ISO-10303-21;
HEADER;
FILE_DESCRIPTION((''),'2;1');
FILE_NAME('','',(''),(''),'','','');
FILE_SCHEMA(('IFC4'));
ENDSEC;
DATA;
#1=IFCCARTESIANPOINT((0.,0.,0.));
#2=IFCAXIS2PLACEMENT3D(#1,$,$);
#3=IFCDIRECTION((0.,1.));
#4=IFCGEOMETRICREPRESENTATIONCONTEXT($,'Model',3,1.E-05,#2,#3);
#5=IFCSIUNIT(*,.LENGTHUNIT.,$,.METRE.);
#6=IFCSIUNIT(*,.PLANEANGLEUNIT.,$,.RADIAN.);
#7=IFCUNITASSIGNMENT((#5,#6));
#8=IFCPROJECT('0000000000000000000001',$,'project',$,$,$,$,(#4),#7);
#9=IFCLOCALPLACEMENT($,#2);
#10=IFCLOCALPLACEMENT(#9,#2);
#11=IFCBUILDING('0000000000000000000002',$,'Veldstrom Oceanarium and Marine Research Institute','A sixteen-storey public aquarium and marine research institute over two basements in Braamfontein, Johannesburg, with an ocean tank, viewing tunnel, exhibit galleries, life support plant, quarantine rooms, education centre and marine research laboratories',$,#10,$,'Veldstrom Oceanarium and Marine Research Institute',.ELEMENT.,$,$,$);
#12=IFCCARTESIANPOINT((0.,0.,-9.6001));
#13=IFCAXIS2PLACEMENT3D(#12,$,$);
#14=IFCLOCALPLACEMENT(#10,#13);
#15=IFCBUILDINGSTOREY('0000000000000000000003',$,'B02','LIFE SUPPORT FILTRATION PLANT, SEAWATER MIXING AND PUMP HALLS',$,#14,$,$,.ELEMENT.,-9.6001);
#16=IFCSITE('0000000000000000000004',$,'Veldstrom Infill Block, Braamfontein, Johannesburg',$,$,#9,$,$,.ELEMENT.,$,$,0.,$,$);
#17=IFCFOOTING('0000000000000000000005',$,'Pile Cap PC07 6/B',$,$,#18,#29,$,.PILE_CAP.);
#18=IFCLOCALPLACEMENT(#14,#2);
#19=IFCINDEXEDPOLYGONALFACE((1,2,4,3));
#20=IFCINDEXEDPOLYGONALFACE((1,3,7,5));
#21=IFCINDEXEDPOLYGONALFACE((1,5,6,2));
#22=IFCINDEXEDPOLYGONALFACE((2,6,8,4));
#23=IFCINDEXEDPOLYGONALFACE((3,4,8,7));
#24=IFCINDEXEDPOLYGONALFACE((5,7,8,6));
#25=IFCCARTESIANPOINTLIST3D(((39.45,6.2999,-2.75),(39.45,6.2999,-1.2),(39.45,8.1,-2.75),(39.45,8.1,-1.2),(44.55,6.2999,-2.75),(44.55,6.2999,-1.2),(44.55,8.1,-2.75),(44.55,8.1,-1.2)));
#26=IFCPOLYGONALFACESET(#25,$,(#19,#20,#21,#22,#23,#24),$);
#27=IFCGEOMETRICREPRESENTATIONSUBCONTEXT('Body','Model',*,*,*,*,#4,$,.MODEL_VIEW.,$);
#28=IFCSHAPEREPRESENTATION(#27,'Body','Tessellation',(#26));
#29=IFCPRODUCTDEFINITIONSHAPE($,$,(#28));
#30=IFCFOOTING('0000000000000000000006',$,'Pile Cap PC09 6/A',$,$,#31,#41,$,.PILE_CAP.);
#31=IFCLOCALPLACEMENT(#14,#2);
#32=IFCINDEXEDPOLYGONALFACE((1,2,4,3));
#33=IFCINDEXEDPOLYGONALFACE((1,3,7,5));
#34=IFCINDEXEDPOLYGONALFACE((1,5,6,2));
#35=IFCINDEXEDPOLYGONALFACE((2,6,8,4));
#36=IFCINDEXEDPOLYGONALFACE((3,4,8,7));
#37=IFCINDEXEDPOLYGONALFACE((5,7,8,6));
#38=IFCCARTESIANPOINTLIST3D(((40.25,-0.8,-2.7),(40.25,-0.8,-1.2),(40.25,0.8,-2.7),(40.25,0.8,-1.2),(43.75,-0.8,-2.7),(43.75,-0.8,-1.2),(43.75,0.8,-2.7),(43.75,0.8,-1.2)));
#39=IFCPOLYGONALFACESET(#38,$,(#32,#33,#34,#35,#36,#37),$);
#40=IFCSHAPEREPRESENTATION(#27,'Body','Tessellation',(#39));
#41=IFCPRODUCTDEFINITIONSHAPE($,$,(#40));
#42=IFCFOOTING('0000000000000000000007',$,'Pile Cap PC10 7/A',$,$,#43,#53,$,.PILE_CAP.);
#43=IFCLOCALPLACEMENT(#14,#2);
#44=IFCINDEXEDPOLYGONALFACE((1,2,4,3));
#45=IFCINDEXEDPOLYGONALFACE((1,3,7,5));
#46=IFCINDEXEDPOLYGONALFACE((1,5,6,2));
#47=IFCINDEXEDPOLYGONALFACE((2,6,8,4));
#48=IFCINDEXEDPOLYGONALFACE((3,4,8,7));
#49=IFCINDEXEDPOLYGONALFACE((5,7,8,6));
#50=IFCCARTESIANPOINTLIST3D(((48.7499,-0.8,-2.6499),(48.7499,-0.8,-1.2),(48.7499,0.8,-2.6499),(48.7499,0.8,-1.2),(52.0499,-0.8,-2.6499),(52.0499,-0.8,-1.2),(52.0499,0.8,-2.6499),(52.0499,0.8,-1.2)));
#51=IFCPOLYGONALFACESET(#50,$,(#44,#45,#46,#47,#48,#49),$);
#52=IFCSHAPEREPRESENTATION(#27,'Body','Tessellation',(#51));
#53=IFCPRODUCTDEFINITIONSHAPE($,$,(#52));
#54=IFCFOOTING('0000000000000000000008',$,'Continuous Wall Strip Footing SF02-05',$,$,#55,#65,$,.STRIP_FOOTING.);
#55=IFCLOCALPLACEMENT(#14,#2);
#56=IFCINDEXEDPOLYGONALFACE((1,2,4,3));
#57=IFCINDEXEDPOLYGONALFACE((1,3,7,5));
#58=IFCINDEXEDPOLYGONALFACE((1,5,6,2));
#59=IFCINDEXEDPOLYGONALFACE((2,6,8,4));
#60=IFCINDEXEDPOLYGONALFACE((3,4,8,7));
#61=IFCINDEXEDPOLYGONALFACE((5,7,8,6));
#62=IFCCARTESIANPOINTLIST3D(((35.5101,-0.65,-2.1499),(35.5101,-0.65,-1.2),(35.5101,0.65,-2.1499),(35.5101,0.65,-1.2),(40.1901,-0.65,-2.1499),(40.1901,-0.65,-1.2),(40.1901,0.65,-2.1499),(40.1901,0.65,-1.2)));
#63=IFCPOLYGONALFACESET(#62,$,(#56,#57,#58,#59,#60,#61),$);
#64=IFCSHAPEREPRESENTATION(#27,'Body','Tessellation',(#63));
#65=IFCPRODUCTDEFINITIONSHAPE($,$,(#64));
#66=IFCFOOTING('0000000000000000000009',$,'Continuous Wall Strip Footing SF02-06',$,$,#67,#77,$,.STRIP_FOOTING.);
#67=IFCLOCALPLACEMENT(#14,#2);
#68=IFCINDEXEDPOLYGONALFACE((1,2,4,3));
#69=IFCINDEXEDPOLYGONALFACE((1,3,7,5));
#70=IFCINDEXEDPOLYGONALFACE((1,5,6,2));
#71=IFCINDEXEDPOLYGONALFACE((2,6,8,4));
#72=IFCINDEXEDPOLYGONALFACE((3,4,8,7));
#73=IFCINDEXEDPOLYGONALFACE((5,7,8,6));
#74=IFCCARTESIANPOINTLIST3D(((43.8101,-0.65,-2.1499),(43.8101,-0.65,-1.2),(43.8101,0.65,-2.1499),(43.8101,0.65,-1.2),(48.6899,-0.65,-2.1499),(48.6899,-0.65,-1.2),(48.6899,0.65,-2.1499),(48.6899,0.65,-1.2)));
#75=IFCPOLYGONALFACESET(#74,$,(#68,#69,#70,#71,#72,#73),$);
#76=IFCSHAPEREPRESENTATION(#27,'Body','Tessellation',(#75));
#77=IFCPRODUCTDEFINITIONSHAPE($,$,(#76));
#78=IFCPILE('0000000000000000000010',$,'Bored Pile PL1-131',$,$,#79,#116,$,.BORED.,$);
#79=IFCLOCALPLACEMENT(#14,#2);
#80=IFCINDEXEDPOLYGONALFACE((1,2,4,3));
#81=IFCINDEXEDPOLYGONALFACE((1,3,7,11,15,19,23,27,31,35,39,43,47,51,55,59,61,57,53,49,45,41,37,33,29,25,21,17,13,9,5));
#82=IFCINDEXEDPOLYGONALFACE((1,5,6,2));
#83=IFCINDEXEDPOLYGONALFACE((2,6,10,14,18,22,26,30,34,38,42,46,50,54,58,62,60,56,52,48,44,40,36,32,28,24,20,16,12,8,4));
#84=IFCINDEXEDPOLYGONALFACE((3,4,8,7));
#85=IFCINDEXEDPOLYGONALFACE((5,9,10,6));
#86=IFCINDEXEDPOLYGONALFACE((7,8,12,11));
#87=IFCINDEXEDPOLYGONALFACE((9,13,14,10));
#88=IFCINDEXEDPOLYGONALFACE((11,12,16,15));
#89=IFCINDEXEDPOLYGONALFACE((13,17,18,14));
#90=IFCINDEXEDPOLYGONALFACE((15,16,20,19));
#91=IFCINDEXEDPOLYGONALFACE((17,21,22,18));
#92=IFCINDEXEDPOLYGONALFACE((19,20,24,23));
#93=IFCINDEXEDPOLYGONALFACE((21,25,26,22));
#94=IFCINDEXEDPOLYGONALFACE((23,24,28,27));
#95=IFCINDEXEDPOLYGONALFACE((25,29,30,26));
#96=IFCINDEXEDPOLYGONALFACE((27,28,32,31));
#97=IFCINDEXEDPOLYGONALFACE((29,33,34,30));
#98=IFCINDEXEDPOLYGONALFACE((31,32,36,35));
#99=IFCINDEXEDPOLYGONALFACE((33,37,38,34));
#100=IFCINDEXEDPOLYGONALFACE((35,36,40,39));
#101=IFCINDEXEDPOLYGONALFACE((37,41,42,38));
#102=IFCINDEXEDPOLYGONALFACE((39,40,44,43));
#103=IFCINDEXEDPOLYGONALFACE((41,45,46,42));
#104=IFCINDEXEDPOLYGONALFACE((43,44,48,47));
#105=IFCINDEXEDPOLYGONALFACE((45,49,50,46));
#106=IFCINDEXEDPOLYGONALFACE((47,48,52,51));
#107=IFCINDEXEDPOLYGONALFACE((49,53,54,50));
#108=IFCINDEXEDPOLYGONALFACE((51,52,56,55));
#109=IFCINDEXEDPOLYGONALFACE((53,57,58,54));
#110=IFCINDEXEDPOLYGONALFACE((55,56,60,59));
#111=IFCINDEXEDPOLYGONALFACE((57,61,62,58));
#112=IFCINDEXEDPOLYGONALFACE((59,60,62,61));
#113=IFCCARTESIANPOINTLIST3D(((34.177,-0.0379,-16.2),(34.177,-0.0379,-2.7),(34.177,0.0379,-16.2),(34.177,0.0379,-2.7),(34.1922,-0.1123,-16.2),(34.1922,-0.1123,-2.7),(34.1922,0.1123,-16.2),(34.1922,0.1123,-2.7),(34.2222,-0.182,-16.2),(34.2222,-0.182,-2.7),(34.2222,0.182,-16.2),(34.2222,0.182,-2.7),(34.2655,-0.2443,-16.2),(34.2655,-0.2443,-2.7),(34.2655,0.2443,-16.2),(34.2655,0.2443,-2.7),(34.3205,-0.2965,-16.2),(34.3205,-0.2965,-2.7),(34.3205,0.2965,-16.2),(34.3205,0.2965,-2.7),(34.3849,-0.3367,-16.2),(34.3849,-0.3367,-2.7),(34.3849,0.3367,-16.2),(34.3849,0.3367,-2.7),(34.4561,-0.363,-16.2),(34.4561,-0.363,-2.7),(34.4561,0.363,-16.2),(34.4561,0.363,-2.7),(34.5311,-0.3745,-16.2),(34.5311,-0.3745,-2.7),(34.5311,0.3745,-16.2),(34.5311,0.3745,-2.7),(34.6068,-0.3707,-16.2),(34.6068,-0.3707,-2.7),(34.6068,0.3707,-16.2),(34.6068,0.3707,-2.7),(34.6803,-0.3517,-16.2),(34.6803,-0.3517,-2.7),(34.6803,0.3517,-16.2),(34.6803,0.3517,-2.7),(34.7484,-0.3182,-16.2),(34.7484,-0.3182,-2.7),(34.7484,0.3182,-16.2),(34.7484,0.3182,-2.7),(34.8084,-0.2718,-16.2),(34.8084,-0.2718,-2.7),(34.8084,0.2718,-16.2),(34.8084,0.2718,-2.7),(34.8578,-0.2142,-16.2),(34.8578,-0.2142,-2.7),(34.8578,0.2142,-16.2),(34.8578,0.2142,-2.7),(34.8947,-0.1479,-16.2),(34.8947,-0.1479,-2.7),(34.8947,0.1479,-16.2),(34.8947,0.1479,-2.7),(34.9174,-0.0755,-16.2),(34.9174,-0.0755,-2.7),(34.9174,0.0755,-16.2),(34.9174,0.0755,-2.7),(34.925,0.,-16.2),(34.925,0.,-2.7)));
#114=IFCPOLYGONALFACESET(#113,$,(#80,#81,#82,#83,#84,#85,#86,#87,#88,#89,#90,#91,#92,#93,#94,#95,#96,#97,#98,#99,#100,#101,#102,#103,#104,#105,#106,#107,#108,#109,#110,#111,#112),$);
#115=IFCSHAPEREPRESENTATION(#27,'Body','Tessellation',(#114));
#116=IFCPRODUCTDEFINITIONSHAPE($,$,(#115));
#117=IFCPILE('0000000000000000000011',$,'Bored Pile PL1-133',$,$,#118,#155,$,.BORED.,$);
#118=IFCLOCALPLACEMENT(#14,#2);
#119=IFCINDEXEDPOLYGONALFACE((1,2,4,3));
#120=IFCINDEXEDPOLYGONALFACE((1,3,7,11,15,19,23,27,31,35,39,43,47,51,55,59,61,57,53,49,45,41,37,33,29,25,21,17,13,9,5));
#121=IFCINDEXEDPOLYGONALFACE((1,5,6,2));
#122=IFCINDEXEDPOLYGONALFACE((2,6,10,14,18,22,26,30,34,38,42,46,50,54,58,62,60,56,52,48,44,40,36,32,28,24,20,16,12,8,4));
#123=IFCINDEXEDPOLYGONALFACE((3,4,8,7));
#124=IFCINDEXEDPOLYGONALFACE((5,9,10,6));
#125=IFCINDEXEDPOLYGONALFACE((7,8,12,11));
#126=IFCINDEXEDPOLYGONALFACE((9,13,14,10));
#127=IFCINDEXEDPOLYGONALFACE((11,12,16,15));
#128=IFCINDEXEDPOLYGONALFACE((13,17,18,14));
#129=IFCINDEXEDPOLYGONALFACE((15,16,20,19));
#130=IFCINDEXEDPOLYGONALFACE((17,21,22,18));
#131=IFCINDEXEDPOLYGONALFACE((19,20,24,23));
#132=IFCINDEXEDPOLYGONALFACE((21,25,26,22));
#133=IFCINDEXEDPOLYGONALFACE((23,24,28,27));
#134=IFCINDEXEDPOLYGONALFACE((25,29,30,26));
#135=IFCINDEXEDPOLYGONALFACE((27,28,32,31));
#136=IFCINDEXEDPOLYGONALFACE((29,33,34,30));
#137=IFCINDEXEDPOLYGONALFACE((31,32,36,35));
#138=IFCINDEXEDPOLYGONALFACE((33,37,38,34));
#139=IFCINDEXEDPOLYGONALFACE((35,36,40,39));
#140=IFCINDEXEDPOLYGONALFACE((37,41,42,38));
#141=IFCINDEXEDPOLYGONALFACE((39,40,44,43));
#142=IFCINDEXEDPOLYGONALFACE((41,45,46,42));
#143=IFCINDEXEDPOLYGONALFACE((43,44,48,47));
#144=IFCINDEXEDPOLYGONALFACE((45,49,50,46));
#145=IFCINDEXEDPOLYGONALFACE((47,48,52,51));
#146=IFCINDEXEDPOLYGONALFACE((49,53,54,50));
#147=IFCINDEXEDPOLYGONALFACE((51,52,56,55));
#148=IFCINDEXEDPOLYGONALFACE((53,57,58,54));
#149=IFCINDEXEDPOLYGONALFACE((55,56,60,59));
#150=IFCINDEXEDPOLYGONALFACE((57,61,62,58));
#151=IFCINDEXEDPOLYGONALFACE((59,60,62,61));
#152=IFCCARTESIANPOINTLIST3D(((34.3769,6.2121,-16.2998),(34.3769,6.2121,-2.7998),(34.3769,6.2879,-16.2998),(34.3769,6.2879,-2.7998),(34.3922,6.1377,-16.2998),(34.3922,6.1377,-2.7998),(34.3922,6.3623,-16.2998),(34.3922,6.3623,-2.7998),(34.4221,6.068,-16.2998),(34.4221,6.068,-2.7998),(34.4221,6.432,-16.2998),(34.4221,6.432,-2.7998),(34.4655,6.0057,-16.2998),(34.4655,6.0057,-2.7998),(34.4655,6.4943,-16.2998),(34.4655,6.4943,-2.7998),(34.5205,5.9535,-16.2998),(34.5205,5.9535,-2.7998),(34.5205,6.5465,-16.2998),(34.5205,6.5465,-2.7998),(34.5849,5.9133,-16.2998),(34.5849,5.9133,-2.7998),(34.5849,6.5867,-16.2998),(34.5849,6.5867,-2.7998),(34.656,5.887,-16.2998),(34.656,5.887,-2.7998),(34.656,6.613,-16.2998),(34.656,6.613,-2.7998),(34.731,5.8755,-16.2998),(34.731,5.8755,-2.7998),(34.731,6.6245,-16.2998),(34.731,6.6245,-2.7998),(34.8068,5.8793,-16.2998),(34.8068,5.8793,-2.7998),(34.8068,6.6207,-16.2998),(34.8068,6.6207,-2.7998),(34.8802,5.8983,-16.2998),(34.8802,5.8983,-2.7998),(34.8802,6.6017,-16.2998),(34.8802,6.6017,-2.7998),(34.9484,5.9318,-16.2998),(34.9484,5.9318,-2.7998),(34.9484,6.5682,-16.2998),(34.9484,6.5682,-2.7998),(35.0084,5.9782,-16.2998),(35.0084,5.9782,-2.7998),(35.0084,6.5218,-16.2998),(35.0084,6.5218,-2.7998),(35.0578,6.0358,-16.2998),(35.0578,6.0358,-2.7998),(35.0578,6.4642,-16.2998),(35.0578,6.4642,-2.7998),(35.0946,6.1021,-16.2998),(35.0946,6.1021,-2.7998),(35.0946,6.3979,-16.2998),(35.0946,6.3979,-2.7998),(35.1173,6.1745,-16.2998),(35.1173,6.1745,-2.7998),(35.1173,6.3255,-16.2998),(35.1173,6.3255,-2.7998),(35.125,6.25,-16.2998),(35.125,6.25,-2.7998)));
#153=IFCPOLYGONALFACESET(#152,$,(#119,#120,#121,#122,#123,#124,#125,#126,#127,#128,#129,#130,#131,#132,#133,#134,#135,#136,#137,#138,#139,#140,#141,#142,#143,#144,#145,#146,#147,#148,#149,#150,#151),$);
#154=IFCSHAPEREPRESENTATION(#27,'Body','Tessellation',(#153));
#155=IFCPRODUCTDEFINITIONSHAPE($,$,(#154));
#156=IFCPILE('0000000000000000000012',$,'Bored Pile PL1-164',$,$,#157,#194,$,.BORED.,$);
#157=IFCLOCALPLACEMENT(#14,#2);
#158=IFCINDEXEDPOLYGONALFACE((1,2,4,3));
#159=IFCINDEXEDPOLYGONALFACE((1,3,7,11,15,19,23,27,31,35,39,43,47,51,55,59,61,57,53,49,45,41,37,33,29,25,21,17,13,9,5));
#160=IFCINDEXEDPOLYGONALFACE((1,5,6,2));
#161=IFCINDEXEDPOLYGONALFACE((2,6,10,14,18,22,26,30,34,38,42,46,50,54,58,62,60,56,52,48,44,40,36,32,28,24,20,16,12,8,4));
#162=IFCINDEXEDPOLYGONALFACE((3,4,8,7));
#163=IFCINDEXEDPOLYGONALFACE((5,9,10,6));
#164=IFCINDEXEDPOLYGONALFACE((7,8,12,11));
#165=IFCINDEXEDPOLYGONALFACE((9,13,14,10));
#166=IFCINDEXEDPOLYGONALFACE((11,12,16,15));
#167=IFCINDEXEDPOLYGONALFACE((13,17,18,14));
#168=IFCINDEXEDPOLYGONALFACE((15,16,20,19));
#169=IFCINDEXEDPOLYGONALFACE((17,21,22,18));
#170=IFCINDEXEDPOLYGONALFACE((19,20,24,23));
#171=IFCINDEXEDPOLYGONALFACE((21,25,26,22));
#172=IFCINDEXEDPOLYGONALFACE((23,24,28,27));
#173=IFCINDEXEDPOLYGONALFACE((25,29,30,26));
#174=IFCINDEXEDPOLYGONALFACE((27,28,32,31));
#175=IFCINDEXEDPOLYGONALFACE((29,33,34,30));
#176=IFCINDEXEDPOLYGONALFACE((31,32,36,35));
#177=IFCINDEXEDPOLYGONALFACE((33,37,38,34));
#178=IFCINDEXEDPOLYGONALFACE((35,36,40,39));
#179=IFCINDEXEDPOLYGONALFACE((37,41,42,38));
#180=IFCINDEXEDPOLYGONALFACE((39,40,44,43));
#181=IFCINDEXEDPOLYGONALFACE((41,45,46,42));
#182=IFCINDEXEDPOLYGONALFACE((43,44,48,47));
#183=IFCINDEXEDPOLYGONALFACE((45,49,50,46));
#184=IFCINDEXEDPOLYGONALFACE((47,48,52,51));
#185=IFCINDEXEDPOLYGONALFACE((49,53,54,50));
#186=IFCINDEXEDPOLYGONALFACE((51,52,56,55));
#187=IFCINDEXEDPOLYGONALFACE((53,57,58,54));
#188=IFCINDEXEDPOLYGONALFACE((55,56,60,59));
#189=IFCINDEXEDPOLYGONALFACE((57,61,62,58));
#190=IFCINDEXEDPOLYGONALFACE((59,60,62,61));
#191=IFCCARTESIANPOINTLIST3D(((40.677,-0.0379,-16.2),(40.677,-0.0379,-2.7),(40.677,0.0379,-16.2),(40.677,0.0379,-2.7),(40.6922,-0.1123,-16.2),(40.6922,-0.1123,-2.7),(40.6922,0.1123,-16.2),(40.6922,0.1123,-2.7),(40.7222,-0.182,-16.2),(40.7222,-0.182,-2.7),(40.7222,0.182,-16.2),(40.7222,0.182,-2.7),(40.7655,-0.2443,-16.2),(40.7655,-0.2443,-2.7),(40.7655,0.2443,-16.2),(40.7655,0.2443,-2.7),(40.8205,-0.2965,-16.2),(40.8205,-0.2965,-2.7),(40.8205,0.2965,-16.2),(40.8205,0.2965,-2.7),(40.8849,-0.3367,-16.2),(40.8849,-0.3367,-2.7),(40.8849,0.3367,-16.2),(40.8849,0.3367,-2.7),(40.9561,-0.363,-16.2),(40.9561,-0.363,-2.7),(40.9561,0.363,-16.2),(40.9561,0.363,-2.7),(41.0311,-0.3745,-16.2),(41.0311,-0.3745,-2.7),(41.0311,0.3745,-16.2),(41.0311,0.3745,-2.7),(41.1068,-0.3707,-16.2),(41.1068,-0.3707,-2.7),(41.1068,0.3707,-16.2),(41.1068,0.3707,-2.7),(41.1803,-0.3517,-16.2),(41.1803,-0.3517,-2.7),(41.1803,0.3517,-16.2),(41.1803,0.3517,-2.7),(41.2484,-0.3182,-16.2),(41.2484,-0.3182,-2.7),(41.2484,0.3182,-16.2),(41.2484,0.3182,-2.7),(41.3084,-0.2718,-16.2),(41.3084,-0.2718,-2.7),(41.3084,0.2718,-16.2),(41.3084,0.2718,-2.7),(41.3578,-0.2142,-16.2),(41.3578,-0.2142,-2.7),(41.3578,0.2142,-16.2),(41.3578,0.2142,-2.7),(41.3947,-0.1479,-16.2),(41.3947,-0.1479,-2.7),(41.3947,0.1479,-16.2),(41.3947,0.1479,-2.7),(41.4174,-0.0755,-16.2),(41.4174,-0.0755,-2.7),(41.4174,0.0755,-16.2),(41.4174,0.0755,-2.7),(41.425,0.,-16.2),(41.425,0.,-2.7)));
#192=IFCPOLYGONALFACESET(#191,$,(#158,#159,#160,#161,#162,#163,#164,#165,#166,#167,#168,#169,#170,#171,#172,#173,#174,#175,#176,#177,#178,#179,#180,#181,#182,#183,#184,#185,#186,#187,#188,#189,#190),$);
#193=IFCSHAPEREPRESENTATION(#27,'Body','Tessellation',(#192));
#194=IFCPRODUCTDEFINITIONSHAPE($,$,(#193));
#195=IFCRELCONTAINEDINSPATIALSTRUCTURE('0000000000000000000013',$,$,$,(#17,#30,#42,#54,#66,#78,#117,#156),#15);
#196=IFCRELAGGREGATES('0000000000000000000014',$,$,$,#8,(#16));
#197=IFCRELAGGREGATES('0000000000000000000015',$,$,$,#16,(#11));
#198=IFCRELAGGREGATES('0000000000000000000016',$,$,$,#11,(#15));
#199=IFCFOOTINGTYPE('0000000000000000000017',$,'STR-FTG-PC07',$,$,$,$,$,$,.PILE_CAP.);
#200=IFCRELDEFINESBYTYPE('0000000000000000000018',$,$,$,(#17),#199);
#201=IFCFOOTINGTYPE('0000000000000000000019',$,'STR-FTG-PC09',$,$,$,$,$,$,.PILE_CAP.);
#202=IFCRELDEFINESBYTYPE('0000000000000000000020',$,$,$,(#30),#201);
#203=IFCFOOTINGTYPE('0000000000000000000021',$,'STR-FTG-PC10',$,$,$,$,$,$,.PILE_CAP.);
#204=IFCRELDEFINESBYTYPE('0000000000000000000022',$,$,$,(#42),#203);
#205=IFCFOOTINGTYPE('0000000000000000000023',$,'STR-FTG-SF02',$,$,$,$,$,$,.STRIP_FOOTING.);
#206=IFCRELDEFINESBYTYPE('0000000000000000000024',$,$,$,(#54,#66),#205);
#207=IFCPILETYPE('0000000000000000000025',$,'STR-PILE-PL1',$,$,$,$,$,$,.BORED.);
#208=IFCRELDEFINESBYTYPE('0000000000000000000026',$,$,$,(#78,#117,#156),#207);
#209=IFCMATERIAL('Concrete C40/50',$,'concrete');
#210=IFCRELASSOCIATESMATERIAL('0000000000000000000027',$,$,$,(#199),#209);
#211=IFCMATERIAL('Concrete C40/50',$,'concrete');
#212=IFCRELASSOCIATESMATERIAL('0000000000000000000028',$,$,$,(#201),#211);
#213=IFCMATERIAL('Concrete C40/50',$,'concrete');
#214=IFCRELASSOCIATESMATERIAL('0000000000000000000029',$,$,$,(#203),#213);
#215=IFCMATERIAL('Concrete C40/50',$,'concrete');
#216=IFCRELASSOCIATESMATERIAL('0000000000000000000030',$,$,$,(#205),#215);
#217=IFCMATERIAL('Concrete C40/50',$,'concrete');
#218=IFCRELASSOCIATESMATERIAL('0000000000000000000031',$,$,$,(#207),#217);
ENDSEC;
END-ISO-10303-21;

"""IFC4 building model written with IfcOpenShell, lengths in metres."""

from ifc_helpers import new_model, si_unit, direction, frame, origin, origin_2d, place, context, subcontext, project, spatial, rectangle, circle, extrude, material, material_profile, profile_set, type_object, element, save


model = new_model("IFC4")

# Units and contexts
model_context = context("Model", 3, precision=1e-05, world=origin(), true_north=direction((0.0, 1.0)))
body_context = subcontext(model_context, "Body", "Model", "MODEL_VIEW")
ifc_project = project(units=[si_unit("LENGTHUNIT", "METRE"), si_unit("PLANEANGLEUNIT", "RADIAN")], contexts=[model_context])

# Site, building, storey
site_placement = place(None, origin())
site = spatial("IfcSite", under=ifc_project, at=site_placement, Name="Veldstrom Infill Block, Braamfontein, Johannesburg", CompositionType="ELEMENT", RefElevation=0.0)
building_placement = place(site_placement, origin())
building = spatial("IfcBuilding", under=site, at=building_placement, Name="Veldstrom Oceanarium and Marine Research Institute", Description="A sixteen-storey public aquarium and marine research institute over two basements in Braamfontein, Johannesburg, with an ocean tank, viewing tunnel, exhibit galleries, life support plant, quarantine rooms, education centre and marine research laboratories", LongName="Veldstrom Oceanarium and Marine Research Institute", CompositionType="ELEMENT")
storey_placement = place(building_placement, frame((0.0, 0.0, -9.6001)))
storey = spatial("IfcBuildingStorey", under=building, at=storey_placement, Name="B02", Description="LIFE SUPPORT FILTRATION PLANT, SEAWATER MIXING AND PUMP HALLS", CompositionType="ELEMENT", Elevation=-9.6001)

# Footings
ifc_material_1 = material(Name="Concrete C40/50", Category="concrete")
footing_type_1 = type_object("IfcFootingType", Name="STR-FTG-PC07", PredefinedType="PILE_CAP", material=ifc_material_1)
footing_1_placement = place(storey_placement, frame((42.0, 7.2, -2.75), z_axis=(0.0, 0.0, 1.0), x_axis=(1.0, 0.0, 0.0)))
element("IfcFooting", 1, at=footing_1_placement, inside=storey, type_object=footing_type_1, Name="Pile Cap PC07 6/B", PredefinedType="PILE_CAP", context=body_context, shape_type="SweptSolid", body=[
    extrude(rectangle(XDim=5.1001, YDim=1.8, at=origin_2d()), origin(), (0.0, 0.0, 1.0), 1.55),
])
ifc_material_2 = material(Name="Concrete C40/50", Category="concrete")
footing_type_2 = type_object("IfcFootingType", Name="STR-FTG-PC09", PredefinedType="PILE_CAP", material=ifc_material_2)
footing_2_placement = place(storey_placement, frame((42.0, 0.0, -2.7), z_axis=(0.0, 0.0, 1.0), x_axis=(1.0, 0.0, 0.0)))
element("IfcFooting", 2, at=footing_2_placement, inside=storey, type_object=footing_type_2, Name="Pile Cap PC09 6/A", PredefinedType="PILE_CAP", context=body_context, shape_type="SweptSolid", body=[
    extrude(rectangle(XDim=3.5, YDim=1.6001, at=origin_2d()), origin(), (0.0, 0.0, 1.0), 1.5),
])
ifc_material_3 = material(Name="Concrete C40/50", Category="concrete")
footing_type_3 = type_object("IfcFootingType", Name="STR-FTG-PC10", PredefinedType="PILE_CAP", material=ifc_material_3)
footing_3_placement = place(storey_placement, frame((50.3999, 0.0, -2.6499), z_axis=(0.0, 0.0, 1.0), x_axis=(1.0, 0.0, 0.0)))
element("IfcFooting", 3, at=footing_3_placement, inside=storey, type_object=footing_type_3, Name="Pile Cap PC10 7/A", PredefinedType="PILE_CAP", context=body_context, shape_type="SweptSolid", body=[
    extrude(rectangle(XDim=3.3, YDim=1.6001, at=origin_2d()), origin(), (0.0, 0.0, 1.0), 1.45),
])
ifc_material_4 = material(Name="Concrete C40/50", Category="concrete")
footing_type_4 = type_object("IfcFootingType", Name="STR-FTG-SF02", PredefinedType="STRIP_FOOTING", material=ifc_material_4)
footing_4_placement = place(storey_placement, frame((37.8501, 0.0, -2.1499), z_axis=(0.0, 0.0, 1.0), x_axis=(1.0, 0.0, 0.0)))
element("IfcFooting", 4, at=footing_4_placement, inside=storey, type_object=footing_type_4, Name="Continuous Wall Strip Footing SF02-05", PredefinedType="STRIP_FOOTING", context=body_context, shape_type="SweptSolid", body=[
    extrude(rectangle(XDim=4.6799, YDim=1.3, at=origin_2d()), origin(), (0.0, 0.0, 1.0), 0.95),
])
footing_5_placement = place(storey_placement, frame((46.25, 0.0, -2.1499), z_axis=(0.0, 0.0, 1.0), x_axis=(1.0, 0.0, 0.0)))
element("IfcFooting", 5, at=footing_5_placement, inside=storey, type_object=footing_type_4, Name="Continuous Wall Strip Footing SF02-06", PredefinedType="STRIP_FOOTING", context=body_context, shape_type="SweptSolid", body=[
    extrude(rectangle(XDim=4.8799, YDim=1.3, at=origin_2d()), origin(), (0.0, 0.0, 1.0), 0.95),
])

# Piles
ifc_material_5 = material(Name="Concrete C40/50", Category="concrete")
ifc_material_profile_1 = material_profile(ifc_material_5, circle(Radius=0.375, at=origin_2d()), Name="PILE-D750")
ifc_profile_set_1 = profile_set([ifc_material_profile_1], Name="Concrete C40/50")
pile_type = type_object("IfcPileType", Name="STR-PILE-PL1", PredefinedType="BORED", material=ifc_profile_set_1)
for number, where, z_axis, x_axis, name in (
    (6, (34.55, 0.0, -2.7), (0.0, 0.0, -1.0), (1.0, 0.0, 0.0), "Bored Pile PL1-131"),
    (7, (34.75, 6.25, -2.7998), (0.0, 0.0, -1.0), (1.0, 0.0, 0.0), "Bored Pile PL1-133"),
    (8, (41.05, 0.0, -2.7), (0.0, 0.0, -1.0), (1.0, 0.0, 0.0), "Bored Pile PL1-164"),
):
    element("IfcPile", number, at=place(storey_placement, frame(where, z_axis=z_axis, x_axis=x_axis)), inside=storey, type_object=pile_type, Name=name, PredefinedType="BORED", context=body_context, shape_type="SweptSolid", body=[
        extrude(circle(Radius=0.375, at=origin_2d()), origin(), (0.0, 0.0, 1.0), 13.5),
    ])

save(model, "model.ifc")
